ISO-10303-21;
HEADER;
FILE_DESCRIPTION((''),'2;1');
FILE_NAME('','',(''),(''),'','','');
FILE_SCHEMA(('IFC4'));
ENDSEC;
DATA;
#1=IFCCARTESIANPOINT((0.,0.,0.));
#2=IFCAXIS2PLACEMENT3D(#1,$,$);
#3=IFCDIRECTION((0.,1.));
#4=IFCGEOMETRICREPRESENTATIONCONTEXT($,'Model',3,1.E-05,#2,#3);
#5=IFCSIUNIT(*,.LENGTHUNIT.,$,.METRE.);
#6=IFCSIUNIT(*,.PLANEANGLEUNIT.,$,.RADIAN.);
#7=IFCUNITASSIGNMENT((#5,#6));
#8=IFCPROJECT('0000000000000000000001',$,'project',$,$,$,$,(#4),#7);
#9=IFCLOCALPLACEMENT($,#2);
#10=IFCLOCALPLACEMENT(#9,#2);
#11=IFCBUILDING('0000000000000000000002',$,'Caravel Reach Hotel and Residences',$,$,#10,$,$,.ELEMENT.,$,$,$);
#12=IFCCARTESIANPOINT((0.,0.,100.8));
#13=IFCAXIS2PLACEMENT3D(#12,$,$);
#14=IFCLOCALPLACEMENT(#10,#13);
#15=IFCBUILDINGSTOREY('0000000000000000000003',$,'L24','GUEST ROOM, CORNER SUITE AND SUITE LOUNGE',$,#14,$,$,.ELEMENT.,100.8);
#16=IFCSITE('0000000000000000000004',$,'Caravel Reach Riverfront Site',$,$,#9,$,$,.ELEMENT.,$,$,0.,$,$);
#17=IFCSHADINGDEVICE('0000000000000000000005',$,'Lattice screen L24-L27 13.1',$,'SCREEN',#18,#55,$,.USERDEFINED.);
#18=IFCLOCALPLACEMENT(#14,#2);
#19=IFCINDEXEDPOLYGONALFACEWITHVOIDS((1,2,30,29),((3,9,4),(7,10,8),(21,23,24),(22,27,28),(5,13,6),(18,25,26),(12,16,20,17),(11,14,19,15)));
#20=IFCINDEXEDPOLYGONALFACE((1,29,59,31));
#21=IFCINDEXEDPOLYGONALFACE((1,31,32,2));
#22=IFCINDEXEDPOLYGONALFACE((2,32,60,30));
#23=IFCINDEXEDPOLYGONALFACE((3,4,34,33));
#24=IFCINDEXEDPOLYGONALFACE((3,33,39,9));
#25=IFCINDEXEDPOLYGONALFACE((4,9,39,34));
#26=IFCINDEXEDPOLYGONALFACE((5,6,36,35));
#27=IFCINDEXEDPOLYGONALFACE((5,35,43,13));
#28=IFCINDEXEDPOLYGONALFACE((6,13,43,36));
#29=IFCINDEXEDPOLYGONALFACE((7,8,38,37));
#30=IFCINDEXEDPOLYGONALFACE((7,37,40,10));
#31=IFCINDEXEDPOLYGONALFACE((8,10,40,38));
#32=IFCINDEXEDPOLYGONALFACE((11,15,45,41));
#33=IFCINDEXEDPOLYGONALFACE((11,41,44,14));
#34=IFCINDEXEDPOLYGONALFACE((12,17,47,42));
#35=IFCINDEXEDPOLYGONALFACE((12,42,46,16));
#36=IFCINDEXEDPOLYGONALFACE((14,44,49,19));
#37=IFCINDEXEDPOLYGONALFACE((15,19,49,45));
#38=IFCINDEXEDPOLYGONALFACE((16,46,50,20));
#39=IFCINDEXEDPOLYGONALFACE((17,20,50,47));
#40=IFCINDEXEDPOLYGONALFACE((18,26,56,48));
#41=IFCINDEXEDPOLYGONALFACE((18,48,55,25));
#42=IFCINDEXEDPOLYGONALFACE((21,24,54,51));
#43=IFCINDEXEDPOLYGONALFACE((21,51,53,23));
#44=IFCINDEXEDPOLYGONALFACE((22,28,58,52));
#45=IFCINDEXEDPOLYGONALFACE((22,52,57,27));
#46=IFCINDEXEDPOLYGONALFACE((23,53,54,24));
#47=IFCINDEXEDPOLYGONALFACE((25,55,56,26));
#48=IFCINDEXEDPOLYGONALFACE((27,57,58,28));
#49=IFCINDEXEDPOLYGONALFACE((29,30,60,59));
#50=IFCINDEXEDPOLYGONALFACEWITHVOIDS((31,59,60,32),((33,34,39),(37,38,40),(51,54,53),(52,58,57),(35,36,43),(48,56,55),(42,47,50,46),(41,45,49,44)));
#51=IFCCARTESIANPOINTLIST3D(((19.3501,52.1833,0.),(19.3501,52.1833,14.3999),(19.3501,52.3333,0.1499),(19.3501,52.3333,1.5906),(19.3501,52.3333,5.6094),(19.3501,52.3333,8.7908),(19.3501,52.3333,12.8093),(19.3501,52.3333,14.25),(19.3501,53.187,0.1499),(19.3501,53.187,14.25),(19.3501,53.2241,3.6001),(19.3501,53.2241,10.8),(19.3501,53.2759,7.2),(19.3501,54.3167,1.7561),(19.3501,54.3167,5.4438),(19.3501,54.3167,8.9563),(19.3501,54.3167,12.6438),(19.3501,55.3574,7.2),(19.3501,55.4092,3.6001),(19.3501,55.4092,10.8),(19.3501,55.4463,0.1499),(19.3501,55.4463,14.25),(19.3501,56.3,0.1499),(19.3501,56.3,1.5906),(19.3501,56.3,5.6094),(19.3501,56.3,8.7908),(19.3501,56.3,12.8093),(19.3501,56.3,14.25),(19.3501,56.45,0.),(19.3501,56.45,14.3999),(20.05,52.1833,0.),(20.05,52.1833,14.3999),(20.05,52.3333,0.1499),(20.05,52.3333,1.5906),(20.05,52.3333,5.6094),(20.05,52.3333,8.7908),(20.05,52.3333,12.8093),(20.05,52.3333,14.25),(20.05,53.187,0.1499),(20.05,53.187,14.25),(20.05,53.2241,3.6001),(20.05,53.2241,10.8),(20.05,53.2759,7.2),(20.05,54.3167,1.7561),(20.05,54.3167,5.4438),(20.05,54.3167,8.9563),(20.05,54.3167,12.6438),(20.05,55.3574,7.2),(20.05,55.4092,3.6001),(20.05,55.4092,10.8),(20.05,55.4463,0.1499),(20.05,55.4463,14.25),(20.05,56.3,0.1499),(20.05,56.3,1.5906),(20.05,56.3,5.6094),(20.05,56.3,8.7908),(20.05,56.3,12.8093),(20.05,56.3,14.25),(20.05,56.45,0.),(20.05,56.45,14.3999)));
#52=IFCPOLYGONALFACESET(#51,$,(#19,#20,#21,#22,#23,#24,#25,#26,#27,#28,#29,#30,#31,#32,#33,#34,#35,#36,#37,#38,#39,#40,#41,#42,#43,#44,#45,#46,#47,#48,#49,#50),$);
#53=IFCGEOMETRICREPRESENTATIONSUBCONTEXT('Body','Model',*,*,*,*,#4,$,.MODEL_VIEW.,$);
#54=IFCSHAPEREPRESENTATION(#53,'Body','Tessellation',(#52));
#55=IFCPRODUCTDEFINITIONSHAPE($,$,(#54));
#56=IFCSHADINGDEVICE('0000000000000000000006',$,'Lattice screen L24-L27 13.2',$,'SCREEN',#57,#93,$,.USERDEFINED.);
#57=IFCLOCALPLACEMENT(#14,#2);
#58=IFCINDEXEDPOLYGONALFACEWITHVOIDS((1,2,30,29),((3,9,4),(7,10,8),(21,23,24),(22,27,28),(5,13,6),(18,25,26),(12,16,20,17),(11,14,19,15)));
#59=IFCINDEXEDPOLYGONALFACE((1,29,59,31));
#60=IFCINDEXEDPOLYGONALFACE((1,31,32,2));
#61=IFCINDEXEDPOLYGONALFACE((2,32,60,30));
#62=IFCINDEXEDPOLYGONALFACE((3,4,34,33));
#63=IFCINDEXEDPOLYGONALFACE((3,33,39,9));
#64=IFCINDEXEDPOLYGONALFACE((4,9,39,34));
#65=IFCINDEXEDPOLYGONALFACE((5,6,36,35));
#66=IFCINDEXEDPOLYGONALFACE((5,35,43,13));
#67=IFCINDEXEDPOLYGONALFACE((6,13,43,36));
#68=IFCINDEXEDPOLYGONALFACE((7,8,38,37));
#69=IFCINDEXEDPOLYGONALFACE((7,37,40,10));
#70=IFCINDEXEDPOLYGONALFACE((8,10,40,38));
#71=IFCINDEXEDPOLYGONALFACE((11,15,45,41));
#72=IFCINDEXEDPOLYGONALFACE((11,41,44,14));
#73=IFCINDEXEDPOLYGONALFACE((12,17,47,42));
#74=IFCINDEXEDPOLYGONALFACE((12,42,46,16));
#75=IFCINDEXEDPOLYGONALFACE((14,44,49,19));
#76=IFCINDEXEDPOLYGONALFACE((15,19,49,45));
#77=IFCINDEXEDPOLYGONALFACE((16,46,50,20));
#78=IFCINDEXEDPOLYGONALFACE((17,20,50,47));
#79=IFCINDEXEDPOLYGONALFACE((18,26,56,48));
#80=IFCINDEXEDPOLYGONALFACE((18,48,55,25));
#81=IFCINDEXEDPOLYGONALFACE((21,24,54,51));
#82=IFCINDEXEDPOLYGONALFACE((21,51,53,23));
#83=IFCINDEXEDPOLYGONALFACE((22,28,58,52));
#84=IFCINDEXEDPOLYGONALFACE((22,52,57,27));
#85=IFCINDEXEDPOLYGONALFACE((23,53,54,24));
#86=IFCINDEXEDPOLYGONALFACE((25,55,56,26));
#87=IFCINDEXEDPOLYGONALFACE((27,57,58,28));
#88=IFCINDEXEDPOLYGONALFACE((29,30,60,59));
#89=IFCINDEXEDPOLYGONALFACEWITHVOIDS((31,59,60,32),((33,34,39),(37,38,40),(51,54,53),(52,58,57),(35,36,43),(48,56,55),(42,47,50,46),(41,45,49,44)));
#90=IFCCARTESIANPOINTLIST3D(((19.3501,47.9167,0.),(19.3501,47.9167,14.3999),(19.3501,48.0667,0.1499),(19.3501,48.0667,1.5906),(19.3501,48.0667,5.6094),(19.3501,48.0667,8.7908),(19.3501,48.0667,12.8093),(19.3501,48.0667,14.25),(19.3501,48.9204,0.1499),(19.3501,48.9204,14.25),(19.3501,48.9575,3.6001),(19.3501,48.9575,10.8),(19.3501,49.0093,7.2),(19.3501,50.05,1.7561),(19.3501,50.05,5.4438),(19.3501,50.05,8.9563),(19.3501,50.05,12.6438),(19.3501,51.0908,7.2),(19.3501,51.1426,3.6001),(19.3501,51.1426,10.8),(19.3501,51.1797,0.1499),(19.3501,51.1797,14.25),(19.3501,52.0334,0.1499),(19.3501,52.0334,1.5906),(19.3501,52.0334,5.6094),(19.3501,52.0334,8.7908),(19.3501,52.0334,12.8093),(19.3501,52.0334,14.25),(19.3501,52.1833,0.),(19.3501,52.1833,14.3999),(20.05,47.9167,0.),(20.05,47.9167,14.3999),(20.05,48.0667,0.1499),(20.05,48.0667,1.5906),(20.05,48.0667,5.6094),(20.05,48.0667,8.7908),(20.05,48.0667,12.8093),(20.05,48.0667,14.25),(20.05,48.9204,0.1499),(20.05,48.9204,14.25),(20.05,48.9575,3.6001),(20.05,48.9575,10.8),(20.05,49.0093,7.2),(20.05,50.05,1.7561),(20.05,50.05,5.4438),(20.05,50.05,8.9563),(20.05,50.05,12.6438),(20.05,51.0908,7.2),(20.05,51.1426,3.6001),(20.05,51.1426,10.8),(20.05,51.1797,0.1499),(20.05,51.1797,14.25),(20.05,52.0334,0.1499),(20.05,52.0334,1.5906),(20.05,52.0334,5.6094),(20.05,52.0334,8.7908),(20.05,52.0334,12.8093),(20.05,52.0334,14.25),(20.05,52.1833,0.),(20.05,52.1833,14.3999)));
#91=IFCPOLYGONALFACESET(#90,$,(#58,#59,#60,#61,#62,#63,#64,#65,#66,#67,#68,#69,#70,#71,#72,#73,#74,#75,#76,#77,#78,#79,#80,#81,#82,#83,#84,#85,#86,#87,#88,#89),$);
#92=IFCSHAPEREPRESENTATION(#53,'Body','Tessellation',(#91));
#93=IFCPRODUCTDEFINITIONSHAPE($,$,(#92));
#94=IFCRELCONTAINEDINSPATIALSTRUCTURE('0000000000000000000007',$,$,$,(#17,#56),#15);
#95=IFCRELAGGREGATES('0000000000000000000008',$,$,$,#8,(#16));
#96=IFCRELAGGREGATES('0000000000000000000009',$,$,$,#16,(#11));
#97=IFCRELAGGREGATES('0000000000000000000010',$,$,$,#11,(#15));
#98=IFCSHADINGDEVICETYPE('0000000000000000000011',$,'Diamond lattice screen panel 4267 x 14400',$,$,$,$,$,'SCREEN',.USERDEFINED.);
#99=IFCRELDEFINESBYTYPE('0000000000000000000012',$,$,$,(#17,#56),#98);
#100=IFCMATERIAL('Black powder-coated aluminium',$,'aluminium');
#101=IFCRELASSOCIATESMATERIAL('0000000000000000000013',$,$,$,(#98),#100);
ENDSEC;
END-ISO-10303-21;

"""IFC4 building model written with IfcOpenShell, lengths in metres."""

from ifc_helpers import new_model, si_unit, direction, frame, origin, place, context, subcontext, project, spatial, polyline, outline, extrude, material, type_object, element, save


model = new_model("IFC4")

# Units and contexts
model_context = context("Model", 3, precision=1e-05, world=origin(), true_north=direction((0.0, 1.0)))
body_context = subcontext(model_context, "Body", "Model", "MODEL_VIEW")
ifc_project = project(units=[si_unit("LENGTHUNIT", "METRE"), si_unit("PLANEANGLEUNIT", "RADIAN")], contexts=[model_context])

# Site, building, storey
site_placement = place(None, origin())
site = spatial("IfcSite", under=ifc_project, at=site_placement, Name="Caravel Reach Riverfront Site", CompositionType="ELEMENT", RefElevation=0.0)
building_placement = place(site_placement, origin())
building = spatial("IfcBuilding", under=site, at=building_placement, Name="Caravel Reach Hotel and Residences", CompositionType="ELEMENT")
storey_placement = place(building_placement, frame((0.0, 0.0, 100.8)))
storey = spatial("IfcBuildingStorey", under=building, at=storey_placement, Name="L24", Description="GUEST ROOM, CORNER SUITE AND SUITE LOUNGE", CompositionType="ELEMENT", Elevation=100.8)

# Shading devices
ifc_material_1 = material(Name="Black powder-coated aluminium", Category="aluminium")
shading_device_type_1 = type_object("IfcShadingDeviceType", Name="Diamond lattice screen panel 4267 x 14400", ElementType="SCREEN", PredefinedType="USERDEFINED", material=ifc_material_1)
for number, where, z_axis, x_axis, name in (
    (1, (20.05, 56.45, 0.0), (-1.0, 0.0, 0.0), (0.0, -1.0, 0.0), "Lattice screen L24-L27 13.1"),
    (2, (20.05, 52.1833, 0.0), (-1.0, 0.0, 0.0), (0.0, -1.0, 0.0), "Lattice screen L24-L27 13.2"),
):
    element("IfcShadingDevice", number, at=place(storey_placement, frame(where, z_axis=z_axis, x_axis=x_axis)), inside=storey, type_object=shading_device_type_1, Name=name, ObjectType="SCREEN", PredefinedType="USERDEFINED", context=body_context, shape_type="SweptSolid", body=[
        extrude(outline(polyline([(0.0, 0.0), (4.2666, 0.0), (4.2666, 14.3999), (0.0, 14.3999), (0.0, 0.0)]), holes=[polyline([(1.0037, 0.1499), (0.1499, 1.5906), (0.1499, 0.1499), (1.0037, 0.1499)]), polyline([(1.0925, 7.2), (0.1499, 8.7908), (0.1499, 5.6094), (1.0925, 7.2)]), polyline([(0.1499, 12.8093), (1.0037, 14.25), (0.1499, 14.25), (0.1499, 12.8093)]), polyline([(2.1333, 5.4438), (1.0408, 3.6001), (2.1333, 1.7561), (3.2258, 3.6001), (2.1333, 5.4438)]), polyline([(2.1333, 12.6438), (1.0408, 10.8), (2.1333, 8.9563), (3.2258, 10.8), (2.1333, 12.6438)]), polyline([(4.1167, 1.5906), (3.2629, 0.1499), (4.1167, 0.1499), (4.1167, 1.5906)]), polyline([(3.1741, 7.2), (4.1167, 5.6094), (4.1167, 8.7908), (3.1741, 7.2)]), polyline([(3.2629, 14.25), (4.1167, 12.8093), (4.1167, 14.25), (3.2629, 14.25)])]), origin(), (0.0, 0.0, 1.0), 0.7),
    ])

save(model, "model.ifc")
